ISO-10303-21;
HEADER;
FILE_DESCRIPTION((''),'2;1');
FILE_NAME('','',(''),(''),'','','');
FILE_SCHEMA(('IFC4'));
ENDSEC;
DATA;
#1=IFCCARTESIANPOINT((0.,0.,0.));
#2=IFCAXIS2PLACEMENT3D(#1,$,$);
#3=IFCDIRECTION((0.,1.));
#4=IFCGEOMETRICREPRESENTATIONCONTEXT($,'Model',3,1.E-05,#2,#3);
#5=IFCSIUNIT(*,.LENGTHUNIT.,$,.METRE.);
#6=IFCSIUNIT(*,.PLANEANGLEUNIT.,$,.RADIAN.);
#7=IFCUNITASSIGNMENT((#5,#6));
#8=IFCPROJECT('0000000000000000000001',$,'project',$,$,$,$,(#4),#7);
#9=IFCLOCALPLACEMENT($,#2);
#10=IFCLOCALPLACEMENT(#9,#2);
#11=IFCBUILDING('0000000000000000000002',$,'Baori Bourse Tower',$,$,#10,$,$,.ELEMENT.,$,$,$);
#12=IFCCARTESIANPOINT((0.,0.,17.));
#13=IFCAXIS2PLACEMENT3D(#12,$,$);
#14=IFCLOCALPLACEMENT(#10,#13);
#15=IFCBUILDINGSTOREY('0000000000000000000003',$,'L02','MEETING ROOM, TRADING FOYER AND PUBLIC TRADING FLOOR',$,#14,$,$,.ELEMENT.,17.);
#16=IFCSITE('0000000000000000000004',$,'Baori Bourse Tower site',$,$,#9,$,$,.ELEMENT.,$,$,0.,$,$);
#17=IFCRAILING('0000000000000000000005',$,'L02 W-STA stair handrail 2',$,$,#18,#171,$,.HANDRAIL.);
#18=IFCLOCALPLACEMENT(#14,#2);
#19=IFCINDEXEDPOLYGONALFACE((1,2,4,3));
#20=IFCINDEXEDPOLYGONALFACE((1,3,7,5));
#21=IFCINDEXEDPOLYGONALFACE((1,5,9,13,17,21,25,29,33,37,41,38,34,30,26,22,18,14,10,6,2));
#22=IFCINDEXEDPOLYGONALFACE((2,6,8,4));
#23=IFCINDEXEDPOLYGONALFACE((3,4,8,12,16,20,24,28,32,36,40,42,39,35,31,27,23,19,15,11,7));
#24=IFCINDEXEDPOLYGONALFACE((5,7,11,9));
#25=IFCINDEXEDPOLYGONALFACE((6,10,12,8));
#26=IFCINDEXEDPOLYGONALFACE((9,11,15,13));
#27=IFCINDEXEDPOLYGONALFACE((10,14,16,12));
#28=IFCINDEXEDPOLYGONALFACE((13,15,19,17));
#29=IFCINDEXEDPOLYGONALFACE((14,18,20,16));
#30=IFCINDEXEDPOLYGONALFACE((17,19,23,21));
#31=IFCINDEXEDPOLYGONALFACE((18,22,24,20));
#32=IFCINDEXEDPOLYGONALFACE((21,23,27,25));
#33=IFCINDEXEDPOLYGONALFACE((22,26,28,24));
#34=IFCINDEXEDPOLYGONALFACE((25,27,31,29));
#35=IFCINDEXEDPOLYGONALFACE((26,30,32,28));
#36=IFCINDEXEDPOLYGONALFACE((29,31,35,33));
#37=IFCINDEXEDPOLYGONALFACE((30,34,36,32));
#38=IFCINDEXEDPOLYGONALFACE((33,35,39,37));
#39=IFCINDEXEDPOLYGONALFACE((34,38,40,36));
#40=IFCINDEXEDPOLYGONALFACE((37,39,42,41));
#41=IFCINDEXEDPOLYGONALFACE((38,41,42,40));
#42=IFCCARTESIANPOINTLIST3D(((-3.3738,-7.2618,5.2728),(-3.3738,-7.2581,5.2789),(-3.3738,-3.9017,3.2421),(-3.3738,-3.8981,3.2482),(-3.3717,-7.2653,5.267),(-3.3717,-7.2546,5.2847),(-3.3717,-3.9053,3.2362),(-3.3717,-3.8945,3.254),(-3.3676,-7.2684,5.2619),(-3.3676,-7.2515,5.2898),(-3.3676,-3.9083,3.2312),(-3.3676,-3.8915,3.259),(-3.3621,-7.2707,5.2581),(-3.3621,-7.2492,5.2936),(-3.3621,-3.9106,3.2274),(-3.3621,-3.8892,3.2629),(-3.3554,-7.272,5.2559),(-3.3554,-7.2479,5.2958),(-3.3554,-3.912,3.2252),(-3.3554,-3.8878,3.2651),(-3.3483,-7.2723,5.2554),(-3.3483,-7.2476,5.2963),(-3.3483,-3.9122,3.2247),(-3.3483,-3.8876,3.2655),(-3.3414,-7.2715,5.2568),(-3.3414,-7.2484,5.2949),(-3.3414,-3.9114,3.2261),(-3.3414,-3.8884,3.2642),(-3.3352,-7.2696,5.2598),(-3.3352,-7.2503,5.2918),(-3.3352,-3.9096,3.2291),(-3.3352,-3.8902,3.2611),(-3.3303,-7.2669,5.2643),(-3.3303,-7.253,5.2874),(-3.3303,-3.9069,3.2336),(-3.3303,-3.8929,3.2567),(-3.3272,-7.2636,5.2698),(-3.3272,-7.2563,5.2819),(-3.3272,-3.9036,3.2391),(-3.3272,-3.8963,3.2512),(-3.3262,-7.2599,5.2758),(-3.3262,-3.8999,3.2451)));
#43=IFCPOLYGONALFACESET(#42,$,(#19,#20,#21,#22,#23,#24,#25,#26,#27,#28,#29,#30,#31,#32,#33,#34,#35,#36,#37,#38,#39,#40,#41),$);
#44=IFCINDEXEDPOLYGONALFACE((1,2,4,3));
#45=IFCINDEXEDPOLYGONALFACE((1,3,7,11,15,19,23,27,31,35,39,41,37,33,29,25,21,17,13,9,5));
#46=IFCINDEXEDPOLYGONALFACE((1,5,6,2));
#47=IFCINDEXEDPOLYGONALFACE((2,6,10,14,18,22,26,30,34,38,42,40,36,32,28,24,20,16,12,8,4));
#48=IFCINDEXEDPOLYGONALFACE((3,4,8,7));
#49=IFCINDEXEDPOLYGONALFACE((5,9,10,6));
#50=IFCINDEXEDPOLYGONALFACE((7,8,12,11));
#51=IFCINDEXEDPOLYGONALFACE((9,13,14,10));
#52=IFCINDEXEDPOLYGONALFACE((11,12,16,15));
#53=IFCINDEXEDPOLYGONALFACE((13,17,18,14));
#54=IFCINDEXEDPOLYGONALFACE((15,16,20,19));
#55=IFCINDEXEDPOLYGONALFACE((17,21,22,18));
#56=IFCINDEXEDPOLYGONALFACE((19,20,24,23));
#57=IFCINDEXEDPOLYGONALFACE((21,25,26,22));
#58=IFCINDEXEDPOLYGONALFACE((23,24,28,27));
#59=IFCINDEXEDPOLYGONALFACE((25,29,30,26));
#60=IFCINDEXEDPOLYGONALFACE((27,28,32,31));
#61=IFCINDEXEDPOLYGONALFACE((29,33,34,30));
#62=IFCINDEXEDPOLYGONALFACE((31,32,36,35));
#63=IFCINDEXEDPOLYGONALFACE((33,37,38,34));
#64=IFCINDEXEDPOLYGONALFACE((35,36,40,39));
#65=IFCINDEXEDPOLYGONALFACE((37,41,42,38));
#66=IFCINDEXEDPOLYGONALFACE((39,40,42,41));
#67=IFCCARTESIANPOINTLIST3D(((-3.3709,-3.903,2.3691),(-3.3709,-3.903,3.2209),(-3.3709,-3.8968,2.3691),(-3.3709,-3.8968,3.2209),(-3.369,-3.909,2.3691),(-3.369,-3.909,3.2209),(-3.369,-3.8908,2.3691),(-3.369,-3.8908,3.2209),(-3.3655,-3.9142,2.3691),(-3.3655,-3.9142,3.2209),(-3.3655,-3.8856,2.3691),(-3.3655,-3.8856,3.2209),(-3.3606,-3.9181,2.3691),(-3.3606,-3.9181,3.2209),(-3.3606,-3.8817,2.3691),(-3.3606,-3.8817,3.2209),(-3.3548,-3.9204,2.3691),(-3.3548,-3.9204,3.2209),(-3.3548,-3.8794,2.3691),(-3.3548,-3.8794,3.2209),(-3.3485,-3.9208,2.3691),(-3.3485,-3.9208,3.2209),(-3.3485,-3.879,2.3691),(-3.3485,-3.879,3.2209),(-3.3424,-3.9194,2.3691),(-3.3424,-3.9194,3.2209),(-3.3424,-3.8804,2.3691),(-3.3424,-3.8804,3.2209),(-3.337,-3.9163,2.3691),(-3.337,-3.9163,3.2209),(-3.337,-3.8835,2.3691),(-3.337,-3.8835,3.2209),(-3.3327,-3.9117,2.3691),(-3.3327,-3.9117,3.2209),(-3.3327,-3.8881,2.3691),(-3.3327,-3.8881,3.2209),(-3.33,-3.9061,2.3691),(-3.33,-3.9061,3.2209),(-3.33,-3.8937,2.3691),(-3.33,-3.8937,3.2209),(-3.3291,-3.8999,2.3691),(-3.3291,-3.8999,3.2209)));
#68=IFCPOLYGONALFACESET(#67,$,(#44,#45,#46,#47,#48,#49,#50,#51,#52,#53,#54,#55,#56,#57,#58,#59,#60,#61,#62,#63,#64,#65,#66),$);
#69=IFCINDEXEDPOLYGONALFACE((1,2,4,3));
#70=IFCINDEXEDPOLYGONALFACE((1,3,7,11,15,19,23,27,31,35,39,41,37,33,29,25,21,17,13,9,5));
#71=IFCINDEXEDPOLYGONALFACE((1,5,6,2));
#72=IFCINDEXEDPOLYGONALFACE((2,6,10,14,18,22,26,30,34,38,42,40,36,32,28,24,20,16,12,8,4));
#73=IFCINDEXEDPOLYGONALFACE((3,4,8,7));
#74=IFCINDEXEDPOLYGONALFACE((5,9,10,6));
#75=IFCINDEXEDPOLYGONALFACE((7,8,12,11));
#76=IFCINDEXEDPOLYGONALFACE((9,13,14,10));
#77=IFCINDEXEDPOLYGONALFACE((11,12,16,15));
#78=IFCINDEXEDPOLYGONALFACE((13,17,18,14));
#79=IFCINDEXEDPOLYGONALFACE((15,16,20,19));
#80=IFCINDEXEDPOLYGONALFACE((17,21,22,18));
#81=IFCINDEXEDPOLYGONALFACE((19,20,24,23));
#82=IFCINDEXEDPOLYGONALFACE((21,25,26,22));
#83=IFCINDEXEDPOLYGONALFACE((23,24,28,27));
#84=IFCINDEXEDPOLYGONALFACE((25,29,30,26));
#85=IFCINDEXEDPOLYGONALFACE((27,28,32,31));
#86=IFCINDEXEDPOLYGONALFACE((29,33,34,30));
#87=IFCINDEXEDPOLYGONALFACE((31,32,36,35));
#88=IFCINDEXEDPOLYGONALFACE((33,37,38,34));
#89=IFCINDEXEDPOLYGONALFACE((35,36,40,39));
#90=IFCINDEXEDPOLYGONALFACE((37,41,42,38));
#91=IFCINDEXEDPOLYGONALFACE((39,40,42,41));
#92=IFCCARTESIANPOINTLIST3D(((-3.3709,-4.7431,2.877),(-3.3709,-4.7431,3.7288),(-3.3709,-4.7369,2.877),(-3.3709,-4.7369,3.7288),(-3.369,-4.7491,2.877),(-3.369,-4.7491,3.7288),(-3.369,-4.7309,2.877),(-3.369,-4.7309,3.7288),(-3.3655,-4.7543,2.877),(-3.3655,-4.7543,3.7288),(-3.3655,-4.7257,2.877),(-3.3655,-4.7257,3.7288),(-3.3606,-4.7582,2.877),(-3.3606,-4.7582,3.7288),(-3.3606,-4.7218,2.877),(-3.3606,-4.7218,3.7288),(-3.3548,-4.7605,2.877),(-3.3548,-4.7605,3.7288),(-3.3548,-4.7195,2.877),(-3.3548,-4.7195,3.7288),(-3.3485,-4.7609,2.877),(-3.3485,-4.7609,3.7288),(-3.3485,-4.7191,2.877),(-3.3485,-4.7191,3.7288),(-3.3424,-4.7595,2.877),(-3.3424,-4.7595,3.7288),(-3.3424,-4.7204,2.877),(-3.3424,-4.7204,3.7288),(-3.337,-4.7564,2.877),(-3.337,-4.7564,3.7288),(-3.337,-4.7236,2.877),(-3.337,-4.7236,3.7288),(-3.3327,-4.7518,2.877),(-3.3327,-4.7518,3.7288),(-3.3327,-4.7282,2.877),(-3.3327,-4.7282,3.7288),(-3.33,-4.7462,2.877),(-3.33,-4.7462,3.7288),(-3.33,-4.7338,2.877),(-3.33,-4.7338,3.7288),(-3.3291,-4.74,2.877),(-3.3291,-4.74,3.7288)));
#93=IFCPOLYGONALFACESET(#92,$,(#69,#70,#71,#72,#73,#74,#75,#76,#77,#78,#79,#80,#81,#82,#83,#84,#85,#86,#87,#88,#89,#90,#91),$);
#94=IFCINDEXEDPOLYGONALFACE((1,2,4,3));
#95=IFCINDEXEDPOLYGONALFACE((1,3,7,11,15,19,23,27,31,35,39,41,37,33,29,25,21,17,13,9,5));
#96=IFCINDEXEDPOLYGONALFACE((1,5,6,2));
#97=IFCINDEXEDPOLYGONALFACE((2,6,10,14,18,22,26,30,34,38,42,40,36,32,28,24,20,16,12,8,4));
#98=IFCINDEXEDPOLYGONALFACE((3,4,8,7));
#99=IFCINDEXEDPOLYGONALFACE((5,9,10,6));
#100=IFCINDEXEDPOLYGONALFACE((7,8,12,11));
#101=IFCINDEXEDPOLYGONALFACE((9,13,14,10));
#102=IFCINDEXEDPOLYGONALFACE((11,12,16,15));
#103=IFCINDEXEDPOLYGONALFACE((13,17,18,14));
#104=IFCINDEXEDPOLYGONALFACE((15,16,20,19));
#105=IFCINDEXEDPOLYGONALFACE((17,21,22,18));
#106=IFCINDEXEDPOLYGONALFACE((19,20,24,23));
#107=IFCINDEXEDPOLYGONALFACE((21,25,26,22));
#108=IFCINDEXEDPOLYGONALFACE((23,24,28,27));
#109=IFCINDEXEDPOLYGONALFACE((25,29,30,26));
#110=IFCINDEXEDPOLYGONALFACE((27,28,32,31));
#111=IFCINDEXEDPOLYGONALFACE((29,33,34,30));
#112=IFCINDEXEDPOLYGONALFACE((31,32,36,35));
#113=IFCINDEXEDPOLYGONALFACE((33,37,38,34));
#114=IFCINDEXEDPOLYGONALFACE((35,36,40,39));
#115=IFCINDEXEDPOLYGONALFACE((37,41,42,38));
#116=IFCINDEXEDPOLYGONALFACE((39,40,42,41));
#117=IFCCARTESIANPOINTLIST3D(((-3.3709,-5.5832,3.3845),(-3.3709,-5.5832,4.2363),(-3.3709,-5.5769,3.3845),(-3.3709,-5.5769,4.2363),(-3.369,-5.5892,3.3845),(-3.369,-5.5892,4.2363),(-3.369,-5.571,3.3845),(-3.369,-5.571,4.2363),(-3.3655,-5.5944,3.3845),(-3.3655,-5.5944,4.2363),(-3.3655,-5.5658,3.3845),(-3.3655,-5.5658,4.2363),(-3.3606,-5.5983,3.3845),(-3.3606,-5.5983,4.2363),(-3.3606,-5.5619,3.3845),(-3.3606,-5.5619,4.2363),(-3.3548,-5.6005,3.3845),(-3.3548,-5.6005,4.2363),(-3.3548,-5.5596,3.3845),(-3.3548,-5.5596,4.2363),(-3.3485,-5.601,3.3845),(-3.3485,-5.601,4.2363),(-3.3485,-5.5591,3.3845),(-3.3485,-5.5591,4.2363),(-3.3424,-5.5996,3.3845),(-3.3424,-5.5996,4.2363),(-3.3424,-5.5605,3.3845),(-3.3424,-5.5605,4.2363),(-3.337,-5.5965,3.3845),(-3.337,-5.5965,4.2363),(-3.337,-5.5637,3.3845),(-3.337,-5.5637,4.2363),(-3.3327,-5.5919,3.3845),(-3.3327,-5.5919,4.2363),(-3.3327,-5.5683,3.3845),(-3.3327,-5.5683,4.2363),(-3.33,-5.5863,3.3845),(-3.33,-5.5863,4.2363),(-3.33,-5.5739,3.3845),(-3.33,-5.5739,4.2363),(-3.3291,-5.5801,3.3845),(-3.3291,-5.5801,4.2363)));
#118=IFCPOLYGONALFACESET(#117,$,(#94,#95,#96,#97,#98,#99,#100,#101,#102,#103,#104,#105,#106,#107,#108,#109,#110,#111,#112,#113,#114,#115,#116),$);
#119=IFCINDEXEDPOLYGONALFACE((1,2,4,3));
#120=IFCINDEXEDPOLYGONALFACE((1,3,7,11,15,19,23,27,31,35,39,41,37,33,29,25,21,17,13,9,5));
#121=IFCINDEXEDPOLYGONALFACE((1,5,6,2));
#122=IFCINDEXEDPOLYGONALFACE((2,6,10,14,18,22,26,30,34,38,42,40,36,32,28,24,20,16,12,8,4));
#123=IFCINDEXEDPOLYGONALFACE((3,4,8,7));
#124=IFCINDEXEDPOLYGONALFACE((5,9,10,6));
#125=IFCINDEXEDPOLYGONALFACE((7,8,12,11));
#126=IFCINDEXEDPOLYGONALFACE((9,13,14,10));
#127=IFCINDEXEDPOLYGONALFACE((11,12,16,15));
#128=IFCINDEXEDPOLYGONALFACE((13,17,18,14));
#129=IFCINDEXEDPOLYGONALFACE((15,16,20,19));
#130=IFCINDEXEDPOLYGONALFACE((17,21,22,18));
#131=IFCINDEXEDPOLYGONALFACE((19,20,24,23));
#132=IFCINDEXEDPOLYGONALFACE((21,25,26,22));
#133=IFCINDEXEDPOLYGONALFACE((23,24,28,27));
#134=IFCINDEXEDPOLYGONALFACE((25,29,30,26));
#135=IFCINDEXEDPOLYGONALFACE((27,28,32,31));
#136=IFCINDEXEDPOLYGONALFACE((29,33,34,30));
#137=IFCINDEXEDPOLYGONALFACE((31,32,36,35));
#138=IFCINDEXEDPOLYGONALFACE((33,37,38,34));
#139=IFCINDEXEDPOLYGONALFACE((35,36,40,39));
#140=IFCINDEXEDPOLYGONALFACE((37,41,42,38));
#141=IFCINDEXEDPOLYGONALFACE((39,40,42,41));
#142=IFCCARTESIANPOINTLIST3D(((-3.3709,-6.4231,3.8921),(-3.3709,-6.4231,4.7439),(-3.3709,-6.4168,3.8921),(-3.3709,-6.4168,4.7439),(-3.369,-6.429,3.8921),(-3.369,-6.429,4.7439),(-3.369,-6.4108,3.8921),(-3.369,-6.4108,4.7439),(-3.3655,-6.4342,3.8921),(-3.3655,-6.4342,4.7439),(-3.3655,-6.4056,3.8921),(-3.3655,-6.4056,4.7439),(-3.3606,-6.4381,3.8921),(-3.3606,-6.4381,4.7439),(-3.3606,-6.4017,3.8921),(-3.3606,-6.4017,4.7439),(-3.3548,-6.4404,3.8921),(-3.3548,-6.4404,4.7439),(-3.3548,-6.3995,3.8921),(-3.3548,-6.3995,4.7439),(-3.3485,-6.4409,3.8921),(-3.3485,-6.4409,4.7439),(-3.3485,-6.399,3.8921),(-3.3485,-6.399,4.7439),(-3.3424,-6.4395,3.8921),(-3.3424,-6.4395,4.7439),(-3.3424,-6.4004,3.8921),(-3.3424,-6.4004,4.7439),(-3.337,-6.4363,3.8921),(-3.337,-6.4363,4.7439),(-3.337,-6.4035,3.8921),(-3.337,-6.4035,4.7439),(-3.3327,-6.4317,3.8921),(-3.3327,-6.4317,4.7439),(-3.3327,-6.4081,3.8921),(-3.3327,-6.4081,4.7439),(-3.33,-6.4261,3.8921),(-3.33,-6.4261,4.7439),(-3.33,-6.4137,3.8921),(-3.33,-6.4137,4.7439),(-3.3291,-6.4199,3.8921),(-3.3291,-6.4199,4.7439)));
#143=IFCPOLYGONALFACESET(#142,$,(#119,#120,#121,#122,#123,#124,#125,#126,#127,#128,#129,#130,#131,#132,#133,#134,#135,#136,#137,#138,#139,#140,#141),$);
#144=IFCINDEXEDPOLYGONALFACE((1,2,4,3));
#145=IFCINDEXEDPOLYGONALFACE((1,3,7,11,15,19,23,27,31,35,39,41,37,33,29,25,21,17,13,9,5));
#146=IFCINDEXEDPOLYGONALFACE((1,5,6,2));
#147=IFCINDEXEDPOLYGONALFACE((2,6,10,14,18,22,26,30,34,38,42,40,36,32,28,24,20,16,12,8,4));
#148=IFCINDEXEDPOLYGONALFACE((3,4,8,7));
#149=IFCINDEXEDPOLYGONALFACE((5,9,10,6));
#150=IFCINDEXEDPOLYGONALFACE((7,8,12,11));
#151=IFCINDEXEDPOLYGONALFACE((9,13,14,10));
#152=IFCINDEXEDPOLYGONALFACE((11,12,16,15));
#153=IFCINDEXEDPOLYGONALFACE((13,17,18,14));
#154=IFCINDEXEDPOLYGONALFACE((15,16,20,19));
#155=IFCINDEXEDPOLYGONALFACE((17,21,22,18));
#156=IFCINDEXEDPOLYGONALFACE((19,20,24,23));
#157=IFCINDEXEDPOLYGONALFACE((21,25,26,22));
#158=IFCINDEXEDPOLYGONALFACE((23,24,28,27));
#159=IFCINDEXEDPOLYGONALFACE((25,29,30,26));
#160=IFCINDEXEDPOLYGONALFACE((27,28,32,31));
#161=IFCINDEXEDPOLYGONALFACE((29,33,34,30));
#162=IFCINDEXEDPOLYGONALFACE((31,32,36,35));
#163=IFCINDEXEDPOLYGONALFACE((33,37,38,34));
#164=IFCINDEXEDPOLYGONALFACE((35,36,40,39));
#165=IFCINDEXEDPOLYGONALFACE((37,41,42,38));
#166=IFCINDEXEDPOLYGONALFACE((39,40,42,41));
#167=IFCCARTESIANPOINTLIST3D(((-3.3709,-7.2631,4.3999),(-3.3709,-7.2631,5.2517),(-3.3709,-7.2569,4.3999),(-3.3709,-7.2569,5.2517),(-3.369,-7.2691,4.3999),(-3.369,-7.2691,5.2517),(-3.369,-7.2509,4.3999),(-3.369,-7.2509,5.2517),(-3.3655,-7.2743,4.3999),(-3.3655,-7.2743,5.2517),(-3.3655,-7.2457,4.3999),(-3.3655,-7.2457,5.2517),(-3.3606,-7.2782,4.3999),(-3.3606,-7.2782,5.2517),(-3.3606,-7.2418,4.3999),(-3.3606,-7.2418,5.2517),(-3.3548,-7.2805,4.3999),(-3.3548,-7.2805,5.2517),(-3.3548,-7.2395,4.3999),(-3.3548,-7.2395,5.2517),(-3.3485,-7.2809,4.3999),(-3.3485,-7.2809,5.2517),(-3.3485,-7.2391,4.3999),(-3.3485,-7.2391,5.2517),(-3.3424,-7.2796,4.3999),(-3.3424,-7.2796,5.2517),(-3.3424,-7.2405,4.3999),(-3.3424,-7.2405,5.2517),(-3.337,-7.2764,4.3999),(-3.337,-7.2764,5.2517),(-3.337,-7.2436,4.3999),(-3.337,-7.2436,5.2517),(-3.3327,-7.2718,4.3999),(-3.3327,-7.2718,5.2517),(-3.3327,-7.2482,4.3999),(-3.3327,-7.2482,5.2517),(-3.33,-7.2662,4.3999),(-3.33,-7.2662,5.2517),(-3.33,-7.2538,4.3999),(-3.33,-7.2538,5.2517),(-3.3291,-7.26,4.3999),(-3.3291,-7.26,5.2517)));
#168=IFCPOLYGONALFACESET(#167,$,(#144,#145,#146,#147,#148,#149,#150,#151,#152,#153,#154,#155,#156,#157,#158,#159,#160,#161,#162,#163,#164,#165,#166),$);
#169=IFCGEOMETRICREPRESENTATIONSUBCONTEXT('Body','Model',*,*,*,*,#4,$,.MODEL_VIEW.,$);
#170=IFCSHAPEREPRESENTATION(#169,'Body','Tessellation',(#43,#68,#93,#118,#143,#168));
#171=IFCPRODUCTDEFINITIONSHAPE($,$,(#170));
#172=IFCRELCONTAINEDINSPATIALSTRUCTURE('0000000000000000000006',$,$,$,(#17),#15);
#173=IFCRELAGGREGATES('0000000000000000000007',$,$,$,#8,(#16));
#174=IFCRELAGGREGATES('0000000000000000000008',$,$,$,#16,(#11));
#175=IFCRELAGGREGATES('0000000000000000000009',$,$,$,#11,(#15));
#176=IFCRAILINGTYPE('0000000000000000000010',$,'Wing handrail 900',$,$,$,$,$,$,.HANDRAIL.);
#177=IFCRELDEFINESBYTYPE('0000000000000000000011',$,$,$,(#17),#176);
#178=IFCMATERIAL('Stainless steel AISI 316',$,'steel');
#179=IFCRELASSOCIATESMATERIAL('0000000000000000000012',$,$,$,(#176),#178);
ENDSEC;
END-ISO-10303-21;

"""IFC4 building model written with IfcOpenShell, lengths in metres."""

from ifc_helpers import new_model, si_unit, direction, frame, origin, origin_2d, place, context, subcontext, project, spatial, circle, extrude, material, type_object, element, save


model = new_model("IFC4")

# Units and contexts
model_context = context("Model", 3, precision=1e-05, world=origin(), true_north=direction((0.0, 1.0)))
body_context = subcontext(model_context, "Body", "Model", "MODEL_VIEW")
ifc_project = project(units=[si_unit("LENGTHUNIT", "METRE"), si_unit("PLANEANGLEUNIT", "RADIAN")], contexts=[model_context])

# Site, building, storey
site_placement = place(None, origin())
site = spatial("IfcSite", under=ifc_project, at=site_placement, Name="Baori Bourse Tower site", CompositionType="ELEMENT", RefElevation=0.0)
building_placement = place(site_placement, origin())
building = spatial("IfcBuilding", under=site, at=building_placement, Name="Baori Bourse Tower", CompositionType="ELEMENT")
storey_placement = place(building_placement, frame((0.0, 0.0, 17.0)))
storey = spatial("IfcBuildingStorey", under=building, at=storey_placement, Name="L02", Description="MEETING ROOM, TRADING FOYER AND PUBLIC TRADING FLOOR", CompositionType="ELEMENT", Elevation=17.0)

# Railing
ifc_material_1 = material(Name="Stainless steel AISI 316", Category="steel")
railing_type_1 = type_object("IfcRailingType", Name="Wing handrail 900", PredefinedType="HANDRAIL", material=ifc_material_1)
railing_1_placement = place(storey_placement, frame((-3.3501, -3.8999, 2.3691)))
element("IfcRailing", 1, at=railing_1_placement, inside=storey, type_object=railing_type_1, Name="L02 W-STA stair handrail 2", PredefinedType="HANDRAIL", context=body_context, shape_type="SweptSolid", body=[
    extrude(circle(Radius=0.0239, at=origin_2d()), frame((0.0, 0.0, 0.876), z_axis=(0.0, -0.855837, 0.517246), x_axis=(1.0, 0.0, 0.0)), (0.0, 0.0, 1.0), 3.926),
    extrude(circle(Radius=0.021, at=origin_2d()), origin(), (0.0, 0.0, 1.0), 0.8518),
    extrude(circle(Radius=0.021, at=origin_2d()), frame((0.0, -0.8401, 0.5078)), (0.0, 0.0, 1.0), 0.8518),
    extrude(circle(Radius=0.021, at=origin_2d()), frame((0.0, -1.6802, 1.0154)), (0.0, 0.0, 1.0), 0.8518),
    extrude(circle(Radius=0.021, at=origin_2d()), frame((0.0, -2.52, 1.5229)), (0.0, 0.0, 1.0), 0.8518),
    extrude(circle(Radius=0.021, at=origin_2d()), frame((0.0, -3.3601, 2.0308)), (0.0, 0.0, 1.0), 0.8518),
])

save(model, "model.ifc")
